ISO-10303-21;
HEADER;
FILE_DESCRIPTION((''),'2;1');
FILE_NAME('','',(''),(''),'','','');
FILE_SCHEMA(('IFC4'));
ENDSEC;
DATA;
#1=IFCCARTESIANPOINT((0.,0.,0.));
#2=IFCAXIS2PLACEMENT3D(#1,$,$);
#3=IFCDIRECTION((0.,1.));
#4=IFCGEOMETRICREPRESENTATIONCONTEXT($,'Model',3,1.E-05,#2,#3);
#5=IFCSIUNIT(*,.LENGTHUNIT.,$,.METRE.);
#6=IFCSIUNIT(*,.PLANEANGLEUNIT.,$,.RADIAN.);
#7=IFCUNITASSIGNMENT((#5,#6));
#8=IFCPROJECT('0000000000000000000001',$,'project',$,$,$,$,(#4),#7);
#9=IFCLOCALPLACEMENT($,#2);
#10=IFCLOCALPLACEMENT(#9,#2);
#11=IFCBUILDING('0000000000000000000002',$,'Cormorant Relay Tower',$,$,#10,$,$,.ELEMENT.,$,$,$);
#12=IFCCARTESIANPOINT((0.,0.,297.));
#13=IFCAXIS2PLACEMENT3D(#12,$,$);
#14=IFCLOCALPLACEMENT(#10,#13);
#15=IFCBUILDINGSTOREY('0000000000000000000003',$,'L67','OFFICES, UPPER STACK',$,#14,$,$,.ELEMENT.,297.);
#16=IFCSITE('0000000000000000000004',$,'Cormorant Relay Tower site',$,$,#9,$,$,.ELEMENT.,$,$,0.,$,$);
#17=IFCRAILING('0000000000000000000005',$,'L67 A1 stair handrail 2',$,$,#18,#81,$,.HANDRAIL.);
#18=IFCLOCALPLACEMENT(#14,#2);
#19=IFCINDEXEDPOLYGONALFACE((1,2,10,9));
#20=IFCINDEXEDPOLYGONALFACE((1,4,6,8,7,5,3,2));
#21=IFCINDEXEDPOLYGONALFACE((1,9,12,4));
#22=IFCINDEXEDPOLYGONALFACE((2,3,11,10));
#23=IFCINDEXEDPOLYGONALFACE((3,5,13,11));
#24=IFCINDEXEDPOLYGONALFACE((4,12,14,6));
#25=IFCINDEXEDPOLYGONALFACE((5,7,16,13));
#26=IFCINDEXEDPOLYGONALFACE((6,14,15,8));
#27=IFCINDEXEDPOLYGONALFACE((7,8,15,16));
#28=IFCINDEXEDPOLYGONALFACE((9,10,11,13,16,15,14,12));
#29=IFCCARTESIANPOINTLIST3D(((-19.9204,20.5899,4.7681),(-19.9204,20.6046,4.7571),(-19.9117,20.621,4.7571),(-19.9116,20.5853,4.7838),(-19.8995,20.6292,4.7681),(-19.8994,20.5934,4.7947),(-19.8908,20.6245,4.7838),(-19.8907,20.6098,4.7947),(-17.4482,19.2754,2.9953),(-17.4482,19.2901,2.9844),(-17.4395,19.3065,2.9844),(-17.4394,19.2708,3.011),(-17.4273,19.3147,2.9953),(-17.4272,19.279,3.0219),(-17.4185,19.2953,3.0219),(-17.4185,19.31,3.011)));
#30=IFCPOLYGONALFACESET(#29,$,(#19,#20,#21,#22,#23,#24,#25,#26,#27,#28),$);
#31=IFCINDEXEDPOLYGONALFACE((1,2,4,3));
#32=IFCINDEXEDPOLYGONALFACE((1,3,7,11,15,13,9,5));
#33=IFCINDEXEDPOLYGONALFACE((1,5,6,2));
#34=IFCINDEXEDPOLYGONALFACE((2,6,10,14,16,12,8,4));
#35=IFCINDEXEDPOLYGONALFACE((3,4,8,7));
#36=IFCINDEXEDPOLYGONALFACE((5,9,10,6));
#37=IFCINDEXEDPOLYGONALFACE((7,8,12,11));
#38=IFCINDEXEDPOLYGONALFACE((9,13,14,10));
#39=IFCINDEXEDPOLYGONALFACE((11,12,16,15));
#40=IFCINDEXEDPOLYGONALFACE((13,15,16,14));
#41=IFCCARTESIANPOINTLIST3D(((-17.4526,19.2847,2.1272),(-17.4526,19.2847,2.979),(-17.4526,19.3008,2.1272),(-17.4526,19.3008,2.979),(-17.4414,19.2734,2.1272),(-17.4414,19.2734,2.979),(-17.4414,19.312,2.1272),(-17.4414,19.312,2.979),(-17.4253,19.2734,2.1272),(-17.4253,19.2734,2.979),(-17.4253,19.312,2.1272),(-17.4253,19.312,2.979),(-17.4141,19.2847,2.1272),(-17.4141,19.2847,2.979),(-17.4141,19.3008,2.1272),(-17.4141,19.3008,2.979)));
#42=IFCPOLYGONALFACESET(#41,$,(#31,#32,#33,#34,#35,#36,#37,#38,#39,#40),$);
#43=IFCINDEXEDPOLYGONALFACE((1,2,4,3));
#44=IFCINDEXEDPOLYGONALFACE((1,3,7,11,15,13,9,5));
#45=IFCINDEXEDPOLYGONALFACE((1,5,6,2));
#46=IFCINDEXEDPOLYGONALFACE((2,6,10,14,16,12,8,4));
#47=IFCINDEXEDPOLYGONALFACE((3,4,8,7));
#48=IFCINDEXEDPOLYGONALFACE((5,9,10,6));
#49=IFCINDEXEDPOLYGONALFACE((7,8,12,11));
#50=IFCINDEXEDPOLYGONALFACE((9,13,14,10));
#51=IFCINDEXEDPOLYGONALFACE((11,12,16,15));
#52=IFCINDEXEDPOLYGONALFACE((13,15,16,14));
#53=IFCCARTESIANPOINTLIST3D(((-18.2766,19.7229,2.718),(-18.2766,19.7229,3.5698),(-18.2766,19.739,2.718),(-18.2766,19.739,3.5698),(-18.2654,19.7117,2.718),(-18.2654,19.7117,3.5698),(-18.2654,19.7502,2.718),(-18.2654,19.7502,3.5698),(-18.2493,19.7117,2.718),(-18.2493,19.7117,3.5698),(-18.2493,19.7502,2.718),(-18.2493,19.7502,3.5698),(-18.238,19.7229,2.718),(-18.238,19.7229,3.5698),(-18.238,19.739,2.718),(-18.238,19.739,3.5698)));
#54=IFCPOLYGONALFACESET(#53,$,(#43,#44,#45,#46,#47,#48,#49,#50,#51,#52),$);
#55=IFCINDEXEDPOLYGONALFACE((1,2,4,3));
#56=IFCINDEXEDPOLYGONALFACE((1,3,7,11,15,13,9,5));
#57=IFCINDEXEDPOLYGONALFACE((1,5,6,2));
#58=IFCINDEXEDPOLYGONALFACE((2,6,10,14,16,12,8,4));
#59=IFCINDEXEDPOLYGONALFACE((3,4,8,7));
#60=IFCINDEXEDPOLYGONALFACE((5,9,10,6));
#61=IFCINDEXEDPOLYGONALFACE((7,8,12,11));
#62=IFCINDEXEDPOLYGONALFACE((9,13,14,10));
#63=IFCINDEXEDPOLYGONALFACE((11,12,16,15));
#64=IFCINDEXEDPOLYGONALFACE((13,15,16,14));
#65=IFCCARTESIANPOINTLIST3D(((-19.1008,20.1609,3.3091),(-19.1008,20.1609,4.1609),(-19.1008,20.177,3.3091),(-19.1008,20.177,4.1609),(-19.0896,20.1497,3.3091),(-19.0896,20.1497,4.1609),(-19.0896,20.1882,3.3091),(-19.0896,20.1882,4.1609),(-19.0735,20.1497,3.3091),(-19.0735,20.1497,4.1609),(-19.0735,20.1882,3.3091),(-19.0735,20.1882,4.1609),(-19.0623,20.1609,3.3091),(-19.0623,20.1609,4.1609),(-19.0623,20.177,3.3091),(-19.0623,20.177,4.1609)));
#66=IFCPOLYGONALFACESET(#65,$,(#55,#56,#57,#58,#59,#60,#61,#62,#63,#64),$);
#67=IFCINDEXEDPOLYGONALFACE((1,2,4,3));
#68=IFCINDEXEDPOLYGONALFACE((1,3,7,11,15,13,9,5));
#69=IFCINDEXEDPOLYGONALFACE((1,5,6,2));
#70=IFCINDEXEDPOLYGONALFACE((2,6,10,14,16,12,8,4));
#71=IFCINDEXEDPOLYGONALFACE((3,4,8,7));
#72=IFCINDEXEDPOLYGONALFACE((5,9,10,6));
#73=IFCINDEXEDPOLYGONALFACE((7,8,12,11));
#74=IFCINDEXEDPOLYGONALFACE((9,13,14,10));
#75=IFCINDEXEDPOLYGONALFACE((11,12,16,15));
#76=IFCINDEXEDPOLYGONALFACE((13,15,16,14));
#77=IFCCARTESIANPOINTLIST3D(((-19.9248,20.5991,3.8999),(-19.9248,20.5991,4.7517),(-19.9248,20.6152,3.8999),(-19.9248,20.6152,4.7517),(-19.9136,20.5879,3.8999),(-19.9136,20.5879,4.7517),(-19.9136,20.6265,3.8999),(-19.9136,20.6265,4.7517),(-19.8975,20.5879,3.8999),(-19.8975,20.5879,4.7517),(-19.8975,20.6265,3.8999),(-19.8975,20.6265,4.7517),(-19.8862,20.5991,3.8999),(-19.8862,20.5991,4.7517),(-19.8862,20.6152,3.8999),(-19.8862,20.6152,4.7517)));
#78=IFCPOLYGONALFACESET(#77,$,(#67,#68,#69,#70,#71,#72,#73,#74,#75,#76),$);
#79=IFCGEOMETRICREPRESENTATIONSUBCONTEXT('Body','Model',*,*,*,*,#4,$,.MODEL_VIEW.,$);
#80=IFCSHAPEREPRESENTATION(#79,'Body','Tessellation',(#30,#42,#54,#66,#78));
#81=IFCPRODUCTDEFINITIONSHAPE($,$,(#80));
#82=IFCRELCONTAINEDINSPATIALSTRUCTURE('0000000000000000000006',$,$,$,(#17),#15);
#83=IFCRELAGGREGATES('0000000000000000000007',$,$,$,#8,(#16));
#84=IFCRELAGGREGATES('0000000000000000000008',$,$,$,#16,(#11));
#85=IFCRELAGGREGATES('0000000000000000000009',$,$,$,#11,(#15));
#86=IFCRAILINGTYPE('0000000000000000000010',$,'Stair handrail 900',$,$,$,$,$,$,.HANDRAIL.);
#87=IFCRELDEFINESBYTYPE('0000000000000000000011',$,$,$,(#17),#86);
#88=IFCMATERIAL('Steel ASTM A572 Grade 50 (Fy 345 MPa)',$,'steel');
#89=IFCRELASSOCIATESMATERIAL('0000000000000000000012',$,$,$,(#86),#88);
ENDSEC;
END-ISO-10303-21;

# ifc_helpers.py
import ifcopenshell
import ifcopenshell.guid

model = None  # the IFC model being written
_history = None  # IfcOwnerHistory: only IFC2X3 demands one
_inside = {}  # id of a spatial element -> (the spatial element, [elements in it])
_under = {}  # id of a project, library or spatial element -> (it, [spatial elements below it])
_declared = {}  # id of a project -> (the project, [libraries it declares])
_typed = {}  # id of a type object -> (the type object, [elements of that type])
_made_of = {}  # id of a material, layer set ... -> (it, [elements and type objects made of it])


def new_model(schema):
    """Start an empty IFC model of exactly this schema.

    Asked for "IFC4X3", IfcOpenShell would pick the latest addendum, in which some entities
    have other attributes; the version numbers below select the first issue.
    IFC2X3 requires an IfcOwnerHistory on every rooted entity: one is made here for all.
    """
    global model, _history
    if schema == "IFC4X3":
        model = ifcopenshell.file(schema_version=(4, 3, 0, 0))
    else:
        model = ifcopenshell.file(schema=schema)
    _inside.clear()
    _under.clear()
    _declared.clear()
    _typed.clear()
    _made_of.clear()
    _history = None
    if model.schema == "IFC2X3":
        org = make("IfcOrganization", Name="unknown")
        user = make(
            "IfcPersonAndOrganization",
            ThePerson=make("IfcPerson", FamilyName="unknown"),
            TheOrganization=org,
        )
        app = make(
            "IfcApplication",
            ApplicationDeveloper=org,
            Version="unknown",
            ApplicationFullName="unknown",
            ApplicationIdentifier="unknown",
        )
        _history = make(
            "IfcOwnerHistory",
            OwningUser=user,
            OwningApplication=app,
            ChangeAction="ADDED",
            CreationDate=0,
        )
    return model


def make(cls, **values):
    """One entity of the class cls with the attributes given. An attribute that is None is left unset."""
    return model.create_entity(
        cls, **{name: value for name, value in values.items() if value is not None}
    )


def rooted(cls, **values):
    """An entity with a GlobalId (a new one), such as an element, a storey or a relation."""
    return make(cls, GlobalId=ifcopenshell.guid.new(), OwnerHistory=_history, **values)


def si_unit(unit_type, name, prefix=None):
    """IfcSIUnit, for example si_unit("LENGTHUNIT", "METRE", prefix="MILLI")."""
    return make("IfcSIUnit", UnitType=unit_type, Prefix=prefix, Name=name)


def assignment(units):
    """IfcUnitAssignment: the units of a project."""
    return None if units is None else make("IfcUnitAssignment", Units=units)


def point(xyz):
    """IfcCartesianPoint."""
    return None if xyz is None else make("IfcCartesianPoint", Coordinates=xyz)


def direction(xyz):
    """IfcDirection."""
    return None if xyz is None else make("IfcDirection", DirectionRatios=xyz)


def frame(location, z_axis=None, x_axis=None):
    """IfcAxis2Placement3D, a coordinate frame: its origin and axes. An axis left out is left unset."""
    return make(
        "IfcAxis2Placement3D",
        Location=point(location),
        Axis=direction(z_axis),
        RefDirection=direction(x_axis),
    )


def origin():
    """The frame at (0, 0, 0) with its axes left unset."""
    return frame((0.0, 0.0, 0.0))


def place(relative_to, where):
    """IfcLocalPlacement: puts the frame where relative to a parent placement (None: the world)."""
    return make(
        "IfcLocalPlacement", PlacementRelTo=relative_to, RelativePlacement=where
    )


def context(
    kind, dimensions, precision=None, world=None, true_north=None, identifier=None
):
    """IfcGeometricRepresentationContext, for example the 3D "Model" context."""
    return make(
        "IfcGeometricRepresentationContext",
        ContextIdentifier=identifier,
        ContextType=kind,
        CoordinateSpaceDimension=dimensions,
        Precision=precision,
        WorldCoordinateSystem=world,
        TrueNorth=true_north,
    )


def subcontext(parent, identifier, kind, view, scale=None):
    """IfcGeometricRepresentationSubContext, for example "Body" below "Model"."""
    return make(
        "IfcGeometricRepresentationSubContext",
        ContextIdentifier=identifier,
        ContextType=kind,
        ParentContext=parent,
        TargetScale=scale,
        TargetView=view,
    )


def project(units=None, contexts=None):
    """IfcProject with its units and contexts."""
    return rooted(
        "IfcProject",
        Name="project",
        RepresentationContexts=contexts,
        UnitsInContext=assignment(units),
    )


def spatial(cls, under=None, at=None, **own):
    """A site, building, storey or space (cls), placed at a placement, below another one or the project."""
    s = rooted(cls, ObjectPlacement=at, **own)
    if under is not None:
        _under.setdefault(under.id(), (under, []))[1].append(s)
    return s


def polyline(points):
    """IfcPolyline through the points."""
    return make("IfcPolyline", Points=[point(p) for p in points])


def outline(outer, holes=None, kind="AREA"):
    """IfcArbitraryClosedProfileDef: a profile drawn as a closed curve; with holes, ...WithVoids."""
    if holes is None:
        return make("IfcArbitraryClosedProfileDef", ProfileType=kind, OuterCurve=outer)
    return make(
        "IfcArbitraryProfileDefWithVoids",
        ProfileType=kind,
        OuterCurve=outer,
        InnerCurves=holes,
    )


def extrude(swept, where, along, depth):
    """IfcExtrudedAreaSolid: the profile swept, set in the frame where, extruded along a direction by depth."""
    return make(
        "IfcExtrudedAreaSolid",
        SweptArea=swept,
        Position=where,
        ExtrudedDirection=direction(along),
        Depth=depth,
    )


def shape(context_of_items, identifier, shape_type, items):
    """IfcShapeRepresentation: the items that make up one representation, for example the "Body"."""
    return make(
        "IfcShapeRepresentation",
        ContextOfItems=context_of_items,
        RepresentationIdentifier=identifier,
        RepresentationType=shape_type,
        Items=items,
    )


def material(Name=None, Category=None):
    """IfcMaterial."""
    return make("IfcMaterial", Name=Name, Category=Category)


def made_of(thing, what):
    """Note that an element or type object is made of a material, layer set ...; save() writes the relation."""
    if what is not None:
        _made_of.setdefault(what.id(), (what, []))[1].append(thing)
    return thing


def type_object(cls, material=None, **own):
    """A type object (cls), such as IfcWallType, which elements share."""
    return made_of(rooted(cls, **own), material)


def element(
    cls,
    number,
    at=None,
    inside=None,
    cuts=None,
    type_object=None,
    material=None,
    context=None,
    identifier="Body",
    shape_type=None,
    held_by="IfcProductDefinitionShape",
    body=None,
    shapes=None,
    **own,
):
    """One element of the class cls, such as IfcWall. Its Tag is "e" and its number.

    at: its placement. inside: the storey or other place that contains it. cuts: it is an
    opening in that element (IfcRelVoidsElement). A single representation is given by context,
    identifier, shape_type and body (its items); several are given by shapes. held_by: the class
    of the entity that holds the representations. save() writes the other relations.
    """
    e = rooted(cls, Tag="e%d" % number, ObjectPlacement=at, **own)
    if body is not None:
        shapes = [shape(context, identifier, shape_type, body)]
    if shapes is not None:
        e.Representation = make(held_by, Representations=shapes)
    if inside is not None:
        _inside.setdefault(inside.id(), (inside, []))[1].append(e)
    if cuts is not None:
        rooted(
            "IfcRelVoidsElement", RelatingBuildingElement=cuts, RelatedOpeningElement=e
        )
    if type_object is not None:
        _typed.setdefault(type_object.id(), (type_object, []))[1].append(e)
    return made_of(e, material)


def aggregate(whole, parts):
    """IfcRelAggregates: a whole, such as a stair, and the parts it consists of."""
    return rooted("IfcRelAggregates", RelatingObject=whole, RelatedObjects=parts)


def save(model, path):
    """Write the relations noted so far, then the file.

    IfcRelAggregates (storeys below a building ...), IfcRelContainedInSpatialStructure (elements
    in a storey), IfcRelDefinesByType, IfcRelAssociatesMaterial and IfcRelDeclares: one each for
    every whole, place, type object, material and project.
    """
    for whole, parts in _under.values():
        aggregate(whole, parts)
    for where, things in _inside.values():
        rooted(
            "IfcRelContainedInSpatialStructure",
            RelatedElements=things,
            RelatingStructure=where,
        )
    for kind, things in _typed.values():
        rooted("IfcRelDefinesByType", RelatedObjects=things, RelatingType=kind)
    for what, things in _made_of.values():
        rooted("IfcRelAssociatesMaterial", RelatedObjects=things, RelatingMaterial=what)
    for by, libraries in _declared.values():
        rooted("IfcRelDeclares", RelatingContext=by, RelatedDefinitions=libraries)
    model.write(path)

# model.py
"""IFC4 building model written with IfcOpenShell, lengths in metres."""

from ifc_helpers import new_model, si_unit, direction, frame, origin, place, context, subcontext, project, spatial, polyline, outline, extrude, material, type_object, element, save


model = new_model("IFC4")

# Units and contexts
model_context = context("Model", 3, precision=1e-05, world=origin(), true_north=direction((0.0, 1.0)))
body_context = subcontext(model_context, "Body", "Model", "MODEL_VIEW")
ifc_project = project(units=[si_unit("LENGTHUNIT", "METRE"), si_unit("PLANEANGLEUNIT", "RADIAN")], contexts=[model_context])

# Site, building, storey
site_placement = place(None, origin())
site = spatial("IfcSite", under=ifc_project, at=site_placement, Name="Cormorant Relay Tower site", CompositionType="ELEMENT", RefElevation=0.0)
building_placement = place(site_placement, origin())
building = spatial("IfcBuilding", under=site, at=building_placement, Name="Cormorant Relay Tower", CompositionType="ELEMENT")
storey_placement = place(building_placement, frame((0.0, 0.0, 297.0)))
storey = spatial("IfcBuildingStorey", under=building, at=storey_placement, Name="L67", Description="OFFICES, UPPER STACK", CompositionType="ELEMENT", Elevation=297.0)

# Railing
ifc_material_1 = material(Name="Steel ASTM A572 Grade 50 (Fy 345 MPa)", Category="steel")
railing_type_1 = type_object("IfcRailingType", Name="Stair handrail 900", PredefinedType="HANDRAIL", material=ifc_material_1)
railing_1_placement = place(storey_placement, frame((-17.4333, 19.2927, 2.1272)))
element("IfcRailing", 1, at=railing_1_placement, inside=storey, type_object=railing_type_1, Name="L67 A1 stair handrail 2", PredefinedType="HANDRAIL", context=body_context, shape_type="SweptSolid", body=[
    extrude(outline(polyline([(0.0222, 0.0093), (0.0093, 0.0222), (-0.0093, 0.0222), (-0.0222, 0.0093), (-0.0222, -0.0093), (-0.0093, -0.0222), (0.0093, -0.0222), (0.0222, -0.0093), (0.0222, 0.0093)])), frame((0.0, 0.0, 0.876), z_axis=(-0.746001, 0.396649, 0.534931), x_axis=(-0.469465, -0.882951, 0.0)), (0.0, 0.0, 1.0), 3.314),
    extrude(outline(polyline([(0.0193, 0.0081), (0.0081, 0.0193), (-0.0081, 0.0193), (-0.0193, 0.0081), (-0.0193, -0.0081), (-0.0081, -0.0193), (0.0081, -0.0193), (0.0193, -0.0081), (0.0193, 0.0081)])), origin(), (0.0, 0.0, 1.0), 0.8518),
    extrude(outline(polyline([(0.0193, 0.0081), (0.0081, 0.0193), (-0.0081, 0.0193), (-0.0193, 0.0081), (-0.0193, -0.0081), (-0.0081, -0.0193), (0.0081, -0.0193), (0.0193, -0.0081), (0.0193, 0.0081)])), frame((-0.824, 0.4382, 0.5908)), (0.0, 0.0, 1.0), 0.8518),
    extrude(outline(polyline([(0.0193, 0.0081), (0.0081, 0.0193), (-0.0081, 0.0193), (-0.0193, 0.0081), (-0.0193, -0.0081), (-0.0081, -0.0193), (0.0081, -0.0193), (0.0193, -0.0081), (0.0193, 0.0081)])), frame((-1.6482, 0.8762, 1.1819)), (0.0, 0.0, 1.0), 0.8518),
    extrude(outline(polyline([(0.0193, 0.0081), (0.0081, 0.0193), (-0.0081, 0.0193), (-0.0193, 0.0081), (-0.0193, -0.0081), (-0.0081, -0.0193), (0.0081, -0.0193), (0.0193, -0.0081), (0.0193, 0.0081)])), frame((-2.4722, 1.3145, 1.7727)), (0.0, 0.0, 1.0), 0.8518),
])

save(model, "model.ifc")
